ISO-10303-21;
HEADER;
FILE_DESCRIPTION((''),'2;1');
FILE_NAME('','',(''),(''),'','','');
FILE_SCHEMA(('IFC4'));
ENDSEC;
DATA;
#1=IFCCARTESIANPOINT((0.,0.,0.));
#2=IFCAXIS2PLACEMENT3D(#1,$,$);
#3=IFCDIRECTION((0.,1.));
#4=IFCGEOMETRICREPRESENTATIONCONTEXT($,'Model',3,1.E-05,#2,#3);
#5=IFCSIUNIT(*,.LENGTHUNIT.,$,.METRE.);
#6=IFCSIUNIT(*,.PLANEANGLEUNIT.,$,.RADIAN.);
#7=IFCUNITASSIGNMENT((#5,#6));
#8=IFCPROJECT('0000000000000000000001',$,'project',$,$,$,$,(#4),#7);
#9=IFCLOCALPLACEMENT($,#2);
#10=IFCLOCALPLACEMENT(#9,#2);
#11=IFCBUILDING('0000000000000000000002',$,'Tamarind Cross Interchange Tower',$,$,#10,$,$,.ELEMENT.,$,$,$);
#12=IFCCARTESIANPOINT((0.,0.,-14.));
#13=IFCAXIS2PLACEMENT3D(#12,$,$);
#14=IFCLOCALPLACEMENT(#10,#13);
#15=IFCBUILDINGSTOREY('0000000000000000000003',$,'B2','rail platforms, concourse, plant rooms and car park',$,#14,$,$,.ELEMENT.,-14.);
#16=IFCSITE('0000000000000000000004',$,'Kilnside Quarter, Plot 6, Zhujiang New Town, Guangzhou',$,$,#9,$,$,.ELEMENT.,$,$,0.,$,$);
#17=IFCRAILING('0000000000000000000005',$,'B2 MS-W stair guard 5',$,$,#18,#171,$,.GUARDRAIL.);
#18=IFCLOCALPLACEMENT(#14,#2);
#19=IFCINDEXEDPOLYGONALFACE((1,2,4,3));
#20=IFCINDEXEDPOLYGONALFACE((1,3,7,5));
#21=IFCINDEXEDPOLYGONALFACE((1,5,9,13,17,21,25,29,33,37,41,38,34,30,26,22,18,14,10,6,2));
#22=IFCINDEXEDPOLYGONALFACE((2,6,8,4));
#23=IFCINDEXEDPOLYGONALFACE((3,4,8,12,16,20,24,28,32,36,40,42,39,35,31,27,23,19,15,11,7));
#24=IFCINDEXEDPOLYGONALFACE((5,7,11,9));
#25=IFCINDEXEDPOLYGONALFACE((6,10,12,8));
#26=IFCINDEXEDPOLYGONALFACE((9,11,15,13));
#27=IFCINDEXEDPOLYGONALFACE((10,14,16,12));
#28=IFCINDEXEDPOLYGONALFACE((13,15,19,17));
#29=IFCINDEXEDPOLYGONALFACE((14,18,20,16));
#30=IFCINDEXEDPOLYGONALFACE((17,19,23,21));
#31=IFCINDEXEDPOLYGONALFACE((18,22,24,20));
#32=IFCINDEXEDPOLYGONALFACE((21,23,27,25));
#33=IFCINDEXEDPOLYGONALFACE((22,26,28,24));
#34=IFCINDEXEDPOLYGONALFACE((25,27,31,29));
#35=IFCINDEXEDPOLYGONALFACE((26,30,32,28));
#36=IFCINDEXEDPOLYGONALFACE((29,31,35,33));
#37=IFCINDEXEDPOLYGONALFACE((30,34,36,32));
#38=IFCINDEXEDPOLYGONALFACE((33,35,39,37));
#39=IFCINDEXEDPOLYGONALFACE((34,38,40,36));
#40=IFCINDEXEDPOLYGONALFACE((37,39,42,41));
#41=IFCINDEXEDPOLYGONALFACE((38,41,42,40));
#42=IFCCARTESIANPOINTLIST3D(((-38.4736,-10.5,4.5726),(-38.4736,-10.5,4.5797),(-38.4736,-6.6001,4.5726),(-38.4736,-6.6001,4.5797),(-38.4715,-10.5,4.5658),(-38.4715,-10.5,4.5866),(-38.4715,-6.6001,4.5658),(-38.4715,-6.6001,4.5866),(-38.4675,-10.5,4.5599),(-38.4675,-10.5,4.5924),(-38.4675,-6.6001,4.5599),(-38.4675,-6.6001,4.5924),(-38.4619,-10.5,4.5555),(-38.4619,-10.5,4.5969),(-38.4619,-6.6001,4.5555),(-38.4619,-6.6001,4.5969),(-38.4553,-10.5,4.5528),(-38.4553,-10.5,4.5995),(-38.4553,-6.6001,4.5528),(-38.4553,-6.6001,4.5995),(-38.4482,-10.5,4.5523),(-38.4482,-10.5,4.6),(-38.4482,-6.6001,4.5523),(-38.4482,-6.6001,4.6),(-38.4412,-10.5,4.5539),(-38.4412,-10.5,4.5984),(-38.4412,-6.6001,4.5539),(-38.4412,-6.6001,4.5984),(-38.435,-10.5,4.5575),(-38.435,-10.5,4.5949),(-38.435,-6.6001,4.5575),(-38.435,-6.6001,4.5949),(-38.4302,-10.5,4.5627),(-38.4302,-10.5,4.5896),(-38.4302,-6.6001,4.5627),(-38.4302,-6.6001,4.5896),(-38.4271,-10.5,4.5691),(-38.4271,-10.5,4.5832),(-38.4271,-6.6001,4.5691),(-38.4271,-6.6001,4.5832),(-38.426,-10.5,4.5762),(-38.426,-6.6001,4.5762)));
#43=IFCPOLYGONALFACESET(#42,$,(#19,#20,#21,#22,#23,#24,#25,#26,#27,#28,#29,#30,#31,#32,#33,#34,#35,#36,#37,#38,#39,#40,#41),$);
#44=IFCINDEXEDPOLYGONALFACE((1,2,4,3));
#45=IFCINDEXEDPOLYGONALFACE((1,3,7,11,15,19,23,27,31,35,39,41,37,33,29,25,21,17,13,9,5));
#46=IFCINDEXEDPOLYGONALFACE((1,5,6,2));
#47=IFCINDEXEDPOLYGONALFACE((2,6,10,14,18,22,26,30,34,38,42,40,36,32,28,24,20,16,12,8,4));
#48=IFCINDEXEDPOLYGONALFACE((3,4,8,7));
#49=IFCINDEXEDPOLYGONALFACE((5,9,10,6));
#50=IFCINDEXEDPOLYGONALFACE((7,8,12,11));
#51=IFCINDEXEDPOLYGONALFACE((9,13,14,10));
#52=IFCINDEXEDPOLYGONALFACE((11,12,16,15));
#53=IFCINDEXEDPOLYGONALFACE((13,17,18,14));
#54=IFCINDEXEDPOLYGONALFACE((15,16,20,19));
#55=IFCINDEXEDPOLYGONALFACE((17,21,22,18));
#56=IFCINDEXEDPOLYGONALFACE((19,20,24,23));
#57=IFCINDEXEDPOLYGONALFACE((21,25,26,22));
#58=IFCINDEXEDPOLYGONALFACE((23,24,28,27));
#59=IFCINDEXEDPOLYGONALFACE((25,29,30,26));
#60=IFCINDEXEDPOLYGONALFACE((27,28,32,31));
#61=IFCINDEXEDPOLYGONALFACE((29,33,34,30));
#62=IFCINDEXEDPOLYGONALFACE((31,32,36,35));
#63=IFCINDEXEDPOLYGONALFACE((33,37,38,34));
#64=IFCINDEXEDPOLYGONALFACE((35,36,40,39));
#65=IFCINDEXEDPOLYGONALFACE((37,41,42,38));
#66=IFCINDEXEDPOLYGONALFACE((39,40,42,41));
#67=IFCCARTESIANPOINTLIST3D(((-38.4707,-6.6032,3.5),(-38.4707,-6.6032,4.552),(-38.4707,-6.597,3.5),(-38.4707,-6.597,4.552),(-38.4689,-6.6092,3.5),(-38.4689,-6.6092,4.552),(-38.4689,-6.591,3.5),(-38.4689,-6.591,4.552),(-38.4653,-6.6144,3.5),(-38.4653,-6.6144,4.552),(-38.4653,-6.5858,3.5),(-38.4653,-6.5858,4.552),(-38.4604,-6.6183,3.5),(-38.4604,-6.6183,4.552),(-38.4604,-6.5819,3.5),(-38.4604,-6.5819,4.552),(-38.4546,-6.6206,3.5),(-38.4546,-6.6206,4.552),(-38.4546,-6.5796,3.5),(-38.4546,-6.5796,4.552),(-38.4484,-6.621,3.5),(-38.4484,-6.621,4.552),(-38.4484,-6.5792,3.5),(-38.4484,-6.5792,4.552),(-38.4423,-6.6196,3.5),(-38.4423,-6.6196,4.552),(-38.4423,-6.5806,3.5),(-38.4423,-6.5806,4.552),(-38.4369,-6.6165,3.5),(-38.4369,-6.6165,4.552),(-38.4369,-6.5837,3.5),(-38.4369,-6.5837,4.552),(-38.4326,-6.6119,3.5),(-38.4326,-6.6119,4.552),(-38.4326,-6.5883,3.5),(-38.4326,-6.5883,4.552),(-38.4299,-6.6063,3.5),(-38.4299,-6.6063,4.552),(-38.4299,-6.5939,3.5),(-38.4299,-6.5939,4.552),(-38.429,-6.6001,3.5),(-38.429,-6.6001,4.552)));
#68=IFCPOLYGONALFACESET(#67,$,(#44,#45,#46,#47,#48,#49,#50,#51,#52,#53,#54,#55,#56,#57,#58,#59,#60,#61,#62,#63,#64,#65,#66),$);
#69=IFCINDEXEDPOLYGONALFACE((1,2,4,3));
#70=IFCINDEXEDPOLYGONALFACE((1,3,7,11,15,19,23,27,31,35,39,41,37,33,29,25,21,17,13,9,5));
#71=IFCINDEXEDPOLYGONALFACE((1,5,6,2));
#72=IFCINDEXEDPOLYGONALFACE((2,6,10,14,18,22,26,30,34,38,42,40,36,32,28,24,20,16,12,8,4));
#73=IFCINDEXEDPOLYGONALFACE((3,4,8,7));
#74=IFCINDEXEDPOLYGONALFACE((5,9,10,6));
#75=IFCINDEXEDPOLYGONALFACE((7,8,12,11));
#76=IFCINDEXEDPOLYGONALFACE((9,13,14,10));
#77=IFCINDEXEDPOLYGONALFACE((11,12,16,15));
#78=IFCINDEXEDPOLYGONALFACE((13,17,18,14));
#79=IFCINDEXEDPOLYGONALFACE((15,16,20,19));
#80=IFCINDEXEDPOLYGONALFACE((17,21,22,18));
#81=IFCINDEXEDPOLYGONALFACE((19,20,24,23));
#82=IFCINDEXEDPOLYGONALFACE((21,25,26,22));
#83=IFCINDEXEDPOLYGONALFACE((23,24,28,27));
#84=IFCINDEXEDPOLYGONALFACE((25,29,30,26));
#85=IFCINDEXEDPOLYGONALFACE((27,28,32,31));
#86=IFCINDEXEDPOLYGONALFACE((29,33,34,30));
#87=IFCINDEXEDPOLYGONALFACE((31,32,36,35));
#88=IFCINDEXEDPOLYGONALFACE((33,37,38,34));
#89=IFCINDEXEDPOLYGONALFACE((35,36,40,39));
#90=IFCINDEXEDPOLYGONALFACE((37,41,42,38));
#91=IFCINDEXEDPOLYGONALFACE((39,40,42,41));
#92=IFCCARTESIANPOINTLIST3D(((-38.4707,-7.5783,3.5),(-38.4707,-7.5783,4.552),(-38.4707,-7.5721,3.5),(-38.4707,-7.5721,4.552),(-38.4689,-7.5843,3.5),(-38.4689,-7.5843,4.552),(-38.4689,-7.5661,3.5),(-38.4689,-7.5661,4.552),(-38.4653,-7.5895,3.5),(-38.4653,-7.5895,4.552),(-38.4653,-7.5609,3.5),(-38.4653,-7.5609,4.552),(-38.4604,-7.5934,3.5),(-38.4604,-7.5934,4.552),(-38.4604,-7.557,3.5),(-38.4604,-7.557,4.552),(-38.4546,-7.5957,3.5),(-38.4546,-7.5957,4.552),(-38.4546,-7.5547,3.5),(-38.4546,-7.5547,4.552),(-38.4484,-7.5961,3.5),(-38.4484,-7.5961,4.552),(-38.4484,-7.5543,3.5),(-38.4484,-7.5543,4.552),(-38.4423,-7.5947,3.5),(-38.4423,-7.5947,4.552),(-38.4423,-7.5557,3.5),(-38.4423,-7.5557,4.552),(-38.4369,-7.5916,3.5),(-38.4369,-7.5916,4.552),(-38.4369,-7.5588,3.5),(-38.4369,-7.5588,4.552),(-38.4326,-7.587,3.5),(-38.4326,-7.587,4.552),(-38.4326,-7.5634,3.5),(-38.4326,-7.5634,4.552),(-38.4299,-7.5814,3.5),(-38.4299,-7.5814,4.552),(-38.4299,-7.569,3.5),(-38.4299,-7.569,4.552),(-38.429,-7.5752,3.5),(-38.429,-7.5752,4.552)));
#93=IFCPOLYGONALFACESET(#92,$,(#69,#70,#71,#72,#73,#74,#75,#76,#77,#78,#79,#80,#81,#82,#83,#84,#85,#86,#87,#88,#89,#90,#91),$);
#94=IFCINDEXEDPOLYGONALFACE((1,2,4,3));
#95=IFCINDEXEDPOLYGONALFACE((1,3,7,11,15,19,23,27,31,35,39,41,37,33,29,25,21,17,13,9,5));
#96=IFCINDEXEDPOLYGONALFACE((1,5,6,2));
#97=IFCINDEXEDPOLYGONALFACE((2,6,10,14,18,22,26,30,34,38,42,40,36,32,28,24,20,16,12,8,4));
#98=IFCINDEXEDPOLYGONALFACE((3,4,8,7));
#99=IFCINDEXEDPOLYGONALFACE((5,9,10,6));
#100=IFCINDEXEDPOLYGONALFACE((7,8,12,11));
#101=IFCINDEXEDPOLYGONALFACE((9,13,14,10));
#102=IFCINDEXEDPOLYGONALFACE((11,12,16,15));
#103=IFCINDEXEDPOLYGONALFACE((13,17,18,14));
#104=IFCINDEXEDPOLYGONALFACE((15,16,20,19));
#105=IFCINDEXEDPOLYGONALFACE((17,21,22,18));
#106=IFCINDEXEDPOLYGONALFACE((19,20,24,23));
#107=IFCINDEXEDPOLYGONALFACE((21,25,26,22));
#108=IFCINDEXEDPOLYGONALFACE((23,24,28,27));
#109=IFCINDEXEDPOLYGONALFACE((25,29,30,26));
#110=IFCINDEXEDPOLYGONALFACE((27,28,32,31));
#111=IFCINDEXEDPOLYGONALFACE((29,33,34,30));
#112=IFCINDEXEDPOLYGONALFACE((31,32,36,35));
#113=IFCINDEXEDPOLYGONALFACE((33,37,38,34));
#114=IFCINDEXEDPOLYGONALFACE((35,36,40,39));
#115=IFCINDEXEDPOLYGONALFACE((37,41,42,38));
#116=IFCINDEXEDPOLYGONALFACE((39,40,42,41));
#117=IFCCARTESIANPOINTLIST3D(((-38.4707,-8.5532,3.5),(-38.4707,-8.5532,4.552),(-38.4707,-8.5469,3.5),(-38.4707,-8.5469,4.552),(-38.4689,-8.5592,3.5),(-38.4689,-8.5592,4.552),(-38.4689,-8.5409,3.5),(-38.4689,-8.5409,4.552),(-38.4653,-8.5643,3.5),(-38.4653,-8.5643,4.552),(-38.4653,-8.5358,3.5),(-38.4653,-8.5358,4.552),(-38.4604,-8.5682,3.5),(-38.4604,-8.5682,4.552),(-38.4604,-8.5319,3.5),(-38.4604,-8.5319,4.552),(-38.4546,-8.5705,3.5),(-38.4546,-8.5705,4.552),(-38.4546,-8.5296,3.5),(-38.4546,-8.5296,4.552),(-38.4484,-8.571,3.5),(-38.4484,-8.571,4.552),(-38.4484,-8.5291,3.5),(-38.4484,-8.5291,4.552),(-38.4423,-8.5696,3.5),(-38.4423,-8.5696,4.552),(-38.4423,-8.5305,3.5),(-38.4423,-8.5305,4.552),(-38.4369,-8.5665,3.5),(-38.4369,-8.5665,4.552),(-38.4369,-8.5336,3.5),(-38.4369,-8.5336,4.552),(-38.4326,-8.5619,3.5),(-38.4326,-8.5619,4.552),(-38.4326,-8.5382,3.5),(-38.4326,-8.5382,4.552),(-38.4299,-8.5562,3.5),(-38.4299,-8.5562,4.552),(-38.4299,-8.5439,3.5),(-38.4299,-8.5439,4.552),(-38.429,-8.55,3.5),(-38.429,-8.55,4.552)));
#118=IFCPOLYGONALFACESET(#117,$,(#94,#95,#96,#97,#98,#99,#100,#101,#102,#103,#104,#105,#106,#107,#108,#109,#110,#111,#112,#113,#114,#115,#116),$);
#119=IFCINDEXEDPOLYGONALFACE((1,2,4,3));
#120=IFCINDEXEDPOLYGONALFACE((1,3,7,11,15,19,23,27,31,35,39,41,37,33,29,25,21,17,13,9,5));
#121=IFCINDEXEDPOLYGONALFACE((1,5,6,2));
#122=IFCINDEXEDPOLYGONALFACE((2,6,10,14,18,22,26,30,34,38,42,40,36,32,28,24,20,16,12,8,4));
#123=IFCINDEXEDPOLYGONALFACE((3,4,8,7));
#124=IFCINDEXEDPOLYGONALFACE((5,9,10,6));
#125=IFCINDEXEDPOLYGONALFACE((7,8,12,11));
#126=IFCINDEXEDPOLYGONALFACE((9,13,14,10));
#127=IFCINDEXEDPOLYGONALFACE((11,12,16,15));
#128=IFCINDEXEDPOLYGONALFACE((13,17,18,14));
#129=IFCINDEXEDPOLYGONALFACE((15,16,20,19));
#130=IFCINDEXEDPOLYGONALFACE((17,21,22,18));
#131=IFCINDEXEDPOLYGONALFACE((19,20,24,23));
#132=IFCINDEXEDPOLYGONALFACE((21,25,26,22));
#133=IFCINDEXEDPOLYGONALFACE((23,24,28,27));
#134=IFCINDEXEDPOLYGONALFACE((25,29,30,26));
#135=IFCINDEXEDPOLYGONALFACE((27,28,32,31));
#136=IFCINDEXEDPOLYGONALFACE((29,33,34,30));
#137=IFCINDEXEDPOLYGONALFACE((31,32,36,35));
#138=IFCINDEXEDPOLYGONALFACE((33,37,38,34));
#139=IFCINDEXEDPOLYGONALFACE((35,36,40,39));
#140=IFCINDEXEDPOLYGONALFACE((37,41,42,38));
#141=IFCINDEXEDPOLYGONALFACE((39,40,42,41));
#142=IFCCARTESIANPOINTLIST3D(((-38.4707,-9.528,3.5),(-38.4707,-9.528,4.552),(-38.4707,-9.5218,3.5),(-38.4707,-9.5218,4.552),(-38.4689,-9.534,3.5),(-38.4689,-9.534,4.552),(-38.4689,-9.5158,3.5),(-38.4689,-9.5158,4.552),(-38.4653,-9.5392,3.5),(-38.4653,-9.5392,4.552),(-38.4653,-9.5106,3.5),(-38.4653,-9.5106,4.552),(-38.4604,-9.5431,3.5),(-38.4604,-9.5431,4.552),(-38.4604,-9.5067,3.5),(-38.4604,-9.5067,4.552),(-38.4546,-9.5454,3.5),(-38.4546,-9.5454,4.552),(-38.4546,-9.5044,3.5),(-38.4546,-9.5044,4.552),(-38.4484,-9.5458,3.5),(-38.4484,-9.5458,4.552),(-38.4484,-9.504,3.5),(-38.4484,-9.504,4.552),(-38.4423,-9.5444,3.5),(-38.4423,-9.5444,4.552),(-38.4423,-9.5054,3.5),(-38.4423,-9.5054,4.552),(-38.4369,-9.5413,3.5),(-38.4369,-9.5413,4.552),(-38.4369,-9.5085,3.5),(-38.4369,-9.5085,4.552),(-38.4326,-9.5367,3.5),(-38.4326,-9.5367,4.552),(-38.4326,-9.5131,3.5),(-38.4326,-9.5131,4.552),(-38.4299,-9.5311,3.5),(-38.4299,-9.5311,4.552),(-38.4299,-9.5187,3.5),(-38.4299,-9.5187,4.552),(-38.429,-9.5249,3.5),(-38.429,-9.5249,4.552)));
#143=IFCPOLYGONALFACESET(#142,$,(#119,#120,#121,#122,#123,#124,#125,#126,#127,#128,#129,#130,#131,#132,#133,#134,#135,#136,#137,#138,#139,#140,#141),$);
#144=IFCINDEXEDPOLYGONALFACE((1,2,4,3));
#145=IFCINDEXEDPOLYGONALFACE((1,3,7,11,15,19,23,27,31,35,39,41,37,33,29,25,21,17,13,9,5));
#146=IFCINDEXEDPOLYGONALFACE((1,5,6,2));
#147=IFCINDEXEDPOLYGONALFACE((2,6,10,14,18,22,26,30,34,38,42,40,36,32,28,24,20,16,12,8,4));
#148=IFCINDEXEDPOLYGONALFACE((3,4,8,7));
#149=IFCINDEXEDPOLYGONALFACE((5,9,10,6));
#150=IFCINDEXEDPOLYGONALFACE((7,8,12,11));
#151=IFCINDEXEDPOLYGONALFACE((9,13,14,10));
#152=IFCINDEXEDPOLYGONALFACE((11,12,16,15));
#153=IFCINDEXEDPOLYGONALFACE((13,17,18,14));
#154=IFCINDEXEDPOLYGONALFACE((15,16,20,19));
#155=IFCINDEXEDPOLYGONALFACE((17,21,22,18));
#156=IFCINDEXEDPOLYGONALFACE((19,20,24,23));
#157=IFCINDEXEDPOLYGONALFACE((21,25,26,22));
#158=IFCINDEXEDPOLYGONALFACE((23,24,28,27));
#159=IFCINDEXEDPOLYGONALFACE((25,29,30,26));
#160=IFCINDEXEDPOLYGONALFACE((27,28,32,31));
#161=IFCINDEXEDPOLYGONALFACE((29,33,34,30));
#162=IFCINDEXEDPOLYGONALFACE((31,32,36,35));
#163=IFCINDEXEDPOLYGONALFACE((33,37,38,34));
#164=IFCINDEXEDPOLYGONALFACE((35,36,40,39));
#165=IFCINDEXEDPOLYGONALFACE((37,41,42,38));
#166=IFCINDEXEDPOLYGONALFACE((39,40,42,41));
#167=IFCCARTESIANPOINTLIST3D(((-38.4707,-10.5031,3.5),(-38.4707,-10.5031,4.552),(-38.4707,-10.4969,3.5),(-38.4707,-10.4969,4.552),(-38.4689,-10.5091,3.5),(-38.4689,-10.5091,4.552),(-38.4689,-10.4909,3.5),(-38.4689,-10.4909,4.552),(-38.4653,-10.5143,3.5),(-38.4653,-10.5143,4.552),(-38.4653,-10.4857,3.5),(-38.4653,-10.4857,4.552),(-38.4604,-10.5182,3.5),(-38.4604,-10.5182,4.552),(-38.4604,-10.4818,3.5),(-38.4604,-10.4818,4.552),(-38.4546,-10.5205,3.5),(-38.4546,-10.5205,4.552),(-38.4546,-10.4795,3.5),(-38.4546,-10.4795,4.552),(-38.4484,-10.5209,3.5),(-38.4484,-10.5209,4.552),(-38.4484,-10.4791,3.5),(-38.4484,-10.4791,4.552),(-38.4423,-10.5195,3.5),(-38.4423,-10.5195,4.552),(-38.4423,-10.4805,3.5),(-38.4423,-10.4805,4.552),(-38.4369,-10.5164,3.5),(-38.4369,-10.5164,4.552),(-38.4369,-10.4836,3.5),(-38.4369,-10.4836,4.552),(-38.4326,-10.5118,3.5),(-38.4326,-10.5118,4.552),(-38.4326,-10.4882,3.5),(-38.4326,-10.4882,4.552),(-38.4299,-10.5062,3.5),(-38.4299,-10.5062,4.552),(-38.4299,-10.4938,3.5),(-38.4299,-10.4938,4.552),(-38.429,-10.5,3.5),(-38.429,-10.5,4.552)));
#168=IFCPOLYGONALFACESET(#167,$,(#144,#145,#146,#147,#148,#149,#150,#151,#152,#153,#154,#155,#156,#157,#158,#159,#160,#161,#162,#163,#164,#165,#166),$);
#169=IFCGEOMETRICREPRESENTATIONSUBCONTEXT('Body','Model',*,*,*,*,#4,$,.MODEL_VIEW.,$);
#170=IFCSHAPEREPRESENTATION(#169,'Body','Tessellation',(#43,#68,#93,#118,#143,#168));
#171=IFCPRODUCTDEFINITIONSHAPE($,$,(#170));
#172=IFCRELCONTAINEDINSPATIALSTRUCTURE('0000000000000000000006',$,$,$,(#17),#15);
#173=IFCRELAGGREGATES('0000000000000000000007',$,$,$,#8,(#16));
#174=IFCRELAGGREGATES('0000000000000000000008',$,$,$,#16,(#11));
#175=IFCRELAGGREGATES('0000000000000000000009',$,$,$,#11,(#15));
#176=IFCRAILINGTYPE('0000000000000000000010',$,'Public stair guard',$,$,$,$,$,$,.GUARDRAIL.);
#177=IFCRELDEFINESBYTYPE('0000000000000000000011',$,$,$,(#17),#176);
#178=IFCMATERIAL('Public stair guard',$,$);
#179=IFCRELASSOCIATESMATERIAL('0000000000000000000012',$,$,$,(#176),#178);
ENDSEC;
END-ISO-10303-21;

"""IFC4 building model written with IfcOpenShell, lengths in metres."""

from ifc_helpers import new_model, si_unit, direction, frame, origin, origin_2d, place, context, subcontext, project, spatial, circle, extrude, material, type_object, element, save


model = new_model("IFC4")

# Units and contexts
model_context = context("Model", 3, precision=1e-05, world=origin(), true_north=direction((0.0, 1.0)))
body_context = subcontext(model_context, "Body", "Model", "MODEL_VIEW")
ifc_project = project(units=[si_unit("LENGTHUNIT", "METRE"), si_unit("PLANEANGLEUNIT", "RADIAN")], contexts=[model_context])

# Site, building, storey
site_placement = place(None, origin())
site = spatial("IfcSite", under=ifc_project, at=site_placement, Name="Kilnside Quarter, Plot 6, Zhujiang New Town, Guangzhou", CompositionType="ELEMENT", RefElevation=0.0)
building_placement = place(site_placement, origin())
building = spatial("IfcBuilding", under=site, at=building_placement, Name="Tamarind Cross Interchange Tower", CompositionType="ELEMENT")
storey_placement = place(building_placement, frame((0.0, 0.0, -14.0)))
storey = spatial("IfcBuildingStorey", under=building, at=storey_placement, Name="B2", Description="rail platforms, concourse, plant rooms and car park", CompositionType="ELEMENT", Elevation=-14.0)

# Railing
ifc_material_1 = material(Name="Public stair guard")
railing_type_1 = type_object("IfcRailingType", Name="Public stair guard", PredefinedType="GUARDRAIL", material=ifc_material_1)
railing_1_placement = place(storey_placement, frame((-38.45, -6.6001, 3.5)))
element("IfcRailing", 1, at=railing_1_placement, inside=storey, type_object=railing_type_1, Name="B2 MS-W stair guard 5", PredefinedType="GUARDRAIL", context=body_context, shape_type="SweptSolid", body=[
    extrude(circle(Radius=0.0239, at=origin_2d()), frame((0.0, 0.0, 1.0762), z_axis=(0.0, -1.0, 0.0), x_axis=(1.0, 0.0, 0.0)), (0.0, 0.0, 1.0), 3.8999),
    extrude(circle(Radius=0.021, at=origin_2d()), origin(), (0.0, 0.0, 1.0), 1.052),
    extrude(circle(Radius=0.021, at=origin_2d()), frame((0.0, -0.9751, 0.0)), (0.0, 0.0, 1.0), 1.052),
    extrude(circle(Radius=0.021, at=origin_2d()), frame((0.0, -1.95, 0.0)), (0.0, 0.0, 1.0), 1.052),
    extrude(circle(Radius=0.021, at=origin_2d()), frame((0.0, -2.9248, 0.0)), (0.0, 0.0, 1.0), 1.052),
    extrude(circle(Radius=0.021, at=origin_2d()), frame((0.0, -3.8999, 0.0)), (0.0, 0.0, 1.0), 1.052),
])

save(model, "model.ifc")
